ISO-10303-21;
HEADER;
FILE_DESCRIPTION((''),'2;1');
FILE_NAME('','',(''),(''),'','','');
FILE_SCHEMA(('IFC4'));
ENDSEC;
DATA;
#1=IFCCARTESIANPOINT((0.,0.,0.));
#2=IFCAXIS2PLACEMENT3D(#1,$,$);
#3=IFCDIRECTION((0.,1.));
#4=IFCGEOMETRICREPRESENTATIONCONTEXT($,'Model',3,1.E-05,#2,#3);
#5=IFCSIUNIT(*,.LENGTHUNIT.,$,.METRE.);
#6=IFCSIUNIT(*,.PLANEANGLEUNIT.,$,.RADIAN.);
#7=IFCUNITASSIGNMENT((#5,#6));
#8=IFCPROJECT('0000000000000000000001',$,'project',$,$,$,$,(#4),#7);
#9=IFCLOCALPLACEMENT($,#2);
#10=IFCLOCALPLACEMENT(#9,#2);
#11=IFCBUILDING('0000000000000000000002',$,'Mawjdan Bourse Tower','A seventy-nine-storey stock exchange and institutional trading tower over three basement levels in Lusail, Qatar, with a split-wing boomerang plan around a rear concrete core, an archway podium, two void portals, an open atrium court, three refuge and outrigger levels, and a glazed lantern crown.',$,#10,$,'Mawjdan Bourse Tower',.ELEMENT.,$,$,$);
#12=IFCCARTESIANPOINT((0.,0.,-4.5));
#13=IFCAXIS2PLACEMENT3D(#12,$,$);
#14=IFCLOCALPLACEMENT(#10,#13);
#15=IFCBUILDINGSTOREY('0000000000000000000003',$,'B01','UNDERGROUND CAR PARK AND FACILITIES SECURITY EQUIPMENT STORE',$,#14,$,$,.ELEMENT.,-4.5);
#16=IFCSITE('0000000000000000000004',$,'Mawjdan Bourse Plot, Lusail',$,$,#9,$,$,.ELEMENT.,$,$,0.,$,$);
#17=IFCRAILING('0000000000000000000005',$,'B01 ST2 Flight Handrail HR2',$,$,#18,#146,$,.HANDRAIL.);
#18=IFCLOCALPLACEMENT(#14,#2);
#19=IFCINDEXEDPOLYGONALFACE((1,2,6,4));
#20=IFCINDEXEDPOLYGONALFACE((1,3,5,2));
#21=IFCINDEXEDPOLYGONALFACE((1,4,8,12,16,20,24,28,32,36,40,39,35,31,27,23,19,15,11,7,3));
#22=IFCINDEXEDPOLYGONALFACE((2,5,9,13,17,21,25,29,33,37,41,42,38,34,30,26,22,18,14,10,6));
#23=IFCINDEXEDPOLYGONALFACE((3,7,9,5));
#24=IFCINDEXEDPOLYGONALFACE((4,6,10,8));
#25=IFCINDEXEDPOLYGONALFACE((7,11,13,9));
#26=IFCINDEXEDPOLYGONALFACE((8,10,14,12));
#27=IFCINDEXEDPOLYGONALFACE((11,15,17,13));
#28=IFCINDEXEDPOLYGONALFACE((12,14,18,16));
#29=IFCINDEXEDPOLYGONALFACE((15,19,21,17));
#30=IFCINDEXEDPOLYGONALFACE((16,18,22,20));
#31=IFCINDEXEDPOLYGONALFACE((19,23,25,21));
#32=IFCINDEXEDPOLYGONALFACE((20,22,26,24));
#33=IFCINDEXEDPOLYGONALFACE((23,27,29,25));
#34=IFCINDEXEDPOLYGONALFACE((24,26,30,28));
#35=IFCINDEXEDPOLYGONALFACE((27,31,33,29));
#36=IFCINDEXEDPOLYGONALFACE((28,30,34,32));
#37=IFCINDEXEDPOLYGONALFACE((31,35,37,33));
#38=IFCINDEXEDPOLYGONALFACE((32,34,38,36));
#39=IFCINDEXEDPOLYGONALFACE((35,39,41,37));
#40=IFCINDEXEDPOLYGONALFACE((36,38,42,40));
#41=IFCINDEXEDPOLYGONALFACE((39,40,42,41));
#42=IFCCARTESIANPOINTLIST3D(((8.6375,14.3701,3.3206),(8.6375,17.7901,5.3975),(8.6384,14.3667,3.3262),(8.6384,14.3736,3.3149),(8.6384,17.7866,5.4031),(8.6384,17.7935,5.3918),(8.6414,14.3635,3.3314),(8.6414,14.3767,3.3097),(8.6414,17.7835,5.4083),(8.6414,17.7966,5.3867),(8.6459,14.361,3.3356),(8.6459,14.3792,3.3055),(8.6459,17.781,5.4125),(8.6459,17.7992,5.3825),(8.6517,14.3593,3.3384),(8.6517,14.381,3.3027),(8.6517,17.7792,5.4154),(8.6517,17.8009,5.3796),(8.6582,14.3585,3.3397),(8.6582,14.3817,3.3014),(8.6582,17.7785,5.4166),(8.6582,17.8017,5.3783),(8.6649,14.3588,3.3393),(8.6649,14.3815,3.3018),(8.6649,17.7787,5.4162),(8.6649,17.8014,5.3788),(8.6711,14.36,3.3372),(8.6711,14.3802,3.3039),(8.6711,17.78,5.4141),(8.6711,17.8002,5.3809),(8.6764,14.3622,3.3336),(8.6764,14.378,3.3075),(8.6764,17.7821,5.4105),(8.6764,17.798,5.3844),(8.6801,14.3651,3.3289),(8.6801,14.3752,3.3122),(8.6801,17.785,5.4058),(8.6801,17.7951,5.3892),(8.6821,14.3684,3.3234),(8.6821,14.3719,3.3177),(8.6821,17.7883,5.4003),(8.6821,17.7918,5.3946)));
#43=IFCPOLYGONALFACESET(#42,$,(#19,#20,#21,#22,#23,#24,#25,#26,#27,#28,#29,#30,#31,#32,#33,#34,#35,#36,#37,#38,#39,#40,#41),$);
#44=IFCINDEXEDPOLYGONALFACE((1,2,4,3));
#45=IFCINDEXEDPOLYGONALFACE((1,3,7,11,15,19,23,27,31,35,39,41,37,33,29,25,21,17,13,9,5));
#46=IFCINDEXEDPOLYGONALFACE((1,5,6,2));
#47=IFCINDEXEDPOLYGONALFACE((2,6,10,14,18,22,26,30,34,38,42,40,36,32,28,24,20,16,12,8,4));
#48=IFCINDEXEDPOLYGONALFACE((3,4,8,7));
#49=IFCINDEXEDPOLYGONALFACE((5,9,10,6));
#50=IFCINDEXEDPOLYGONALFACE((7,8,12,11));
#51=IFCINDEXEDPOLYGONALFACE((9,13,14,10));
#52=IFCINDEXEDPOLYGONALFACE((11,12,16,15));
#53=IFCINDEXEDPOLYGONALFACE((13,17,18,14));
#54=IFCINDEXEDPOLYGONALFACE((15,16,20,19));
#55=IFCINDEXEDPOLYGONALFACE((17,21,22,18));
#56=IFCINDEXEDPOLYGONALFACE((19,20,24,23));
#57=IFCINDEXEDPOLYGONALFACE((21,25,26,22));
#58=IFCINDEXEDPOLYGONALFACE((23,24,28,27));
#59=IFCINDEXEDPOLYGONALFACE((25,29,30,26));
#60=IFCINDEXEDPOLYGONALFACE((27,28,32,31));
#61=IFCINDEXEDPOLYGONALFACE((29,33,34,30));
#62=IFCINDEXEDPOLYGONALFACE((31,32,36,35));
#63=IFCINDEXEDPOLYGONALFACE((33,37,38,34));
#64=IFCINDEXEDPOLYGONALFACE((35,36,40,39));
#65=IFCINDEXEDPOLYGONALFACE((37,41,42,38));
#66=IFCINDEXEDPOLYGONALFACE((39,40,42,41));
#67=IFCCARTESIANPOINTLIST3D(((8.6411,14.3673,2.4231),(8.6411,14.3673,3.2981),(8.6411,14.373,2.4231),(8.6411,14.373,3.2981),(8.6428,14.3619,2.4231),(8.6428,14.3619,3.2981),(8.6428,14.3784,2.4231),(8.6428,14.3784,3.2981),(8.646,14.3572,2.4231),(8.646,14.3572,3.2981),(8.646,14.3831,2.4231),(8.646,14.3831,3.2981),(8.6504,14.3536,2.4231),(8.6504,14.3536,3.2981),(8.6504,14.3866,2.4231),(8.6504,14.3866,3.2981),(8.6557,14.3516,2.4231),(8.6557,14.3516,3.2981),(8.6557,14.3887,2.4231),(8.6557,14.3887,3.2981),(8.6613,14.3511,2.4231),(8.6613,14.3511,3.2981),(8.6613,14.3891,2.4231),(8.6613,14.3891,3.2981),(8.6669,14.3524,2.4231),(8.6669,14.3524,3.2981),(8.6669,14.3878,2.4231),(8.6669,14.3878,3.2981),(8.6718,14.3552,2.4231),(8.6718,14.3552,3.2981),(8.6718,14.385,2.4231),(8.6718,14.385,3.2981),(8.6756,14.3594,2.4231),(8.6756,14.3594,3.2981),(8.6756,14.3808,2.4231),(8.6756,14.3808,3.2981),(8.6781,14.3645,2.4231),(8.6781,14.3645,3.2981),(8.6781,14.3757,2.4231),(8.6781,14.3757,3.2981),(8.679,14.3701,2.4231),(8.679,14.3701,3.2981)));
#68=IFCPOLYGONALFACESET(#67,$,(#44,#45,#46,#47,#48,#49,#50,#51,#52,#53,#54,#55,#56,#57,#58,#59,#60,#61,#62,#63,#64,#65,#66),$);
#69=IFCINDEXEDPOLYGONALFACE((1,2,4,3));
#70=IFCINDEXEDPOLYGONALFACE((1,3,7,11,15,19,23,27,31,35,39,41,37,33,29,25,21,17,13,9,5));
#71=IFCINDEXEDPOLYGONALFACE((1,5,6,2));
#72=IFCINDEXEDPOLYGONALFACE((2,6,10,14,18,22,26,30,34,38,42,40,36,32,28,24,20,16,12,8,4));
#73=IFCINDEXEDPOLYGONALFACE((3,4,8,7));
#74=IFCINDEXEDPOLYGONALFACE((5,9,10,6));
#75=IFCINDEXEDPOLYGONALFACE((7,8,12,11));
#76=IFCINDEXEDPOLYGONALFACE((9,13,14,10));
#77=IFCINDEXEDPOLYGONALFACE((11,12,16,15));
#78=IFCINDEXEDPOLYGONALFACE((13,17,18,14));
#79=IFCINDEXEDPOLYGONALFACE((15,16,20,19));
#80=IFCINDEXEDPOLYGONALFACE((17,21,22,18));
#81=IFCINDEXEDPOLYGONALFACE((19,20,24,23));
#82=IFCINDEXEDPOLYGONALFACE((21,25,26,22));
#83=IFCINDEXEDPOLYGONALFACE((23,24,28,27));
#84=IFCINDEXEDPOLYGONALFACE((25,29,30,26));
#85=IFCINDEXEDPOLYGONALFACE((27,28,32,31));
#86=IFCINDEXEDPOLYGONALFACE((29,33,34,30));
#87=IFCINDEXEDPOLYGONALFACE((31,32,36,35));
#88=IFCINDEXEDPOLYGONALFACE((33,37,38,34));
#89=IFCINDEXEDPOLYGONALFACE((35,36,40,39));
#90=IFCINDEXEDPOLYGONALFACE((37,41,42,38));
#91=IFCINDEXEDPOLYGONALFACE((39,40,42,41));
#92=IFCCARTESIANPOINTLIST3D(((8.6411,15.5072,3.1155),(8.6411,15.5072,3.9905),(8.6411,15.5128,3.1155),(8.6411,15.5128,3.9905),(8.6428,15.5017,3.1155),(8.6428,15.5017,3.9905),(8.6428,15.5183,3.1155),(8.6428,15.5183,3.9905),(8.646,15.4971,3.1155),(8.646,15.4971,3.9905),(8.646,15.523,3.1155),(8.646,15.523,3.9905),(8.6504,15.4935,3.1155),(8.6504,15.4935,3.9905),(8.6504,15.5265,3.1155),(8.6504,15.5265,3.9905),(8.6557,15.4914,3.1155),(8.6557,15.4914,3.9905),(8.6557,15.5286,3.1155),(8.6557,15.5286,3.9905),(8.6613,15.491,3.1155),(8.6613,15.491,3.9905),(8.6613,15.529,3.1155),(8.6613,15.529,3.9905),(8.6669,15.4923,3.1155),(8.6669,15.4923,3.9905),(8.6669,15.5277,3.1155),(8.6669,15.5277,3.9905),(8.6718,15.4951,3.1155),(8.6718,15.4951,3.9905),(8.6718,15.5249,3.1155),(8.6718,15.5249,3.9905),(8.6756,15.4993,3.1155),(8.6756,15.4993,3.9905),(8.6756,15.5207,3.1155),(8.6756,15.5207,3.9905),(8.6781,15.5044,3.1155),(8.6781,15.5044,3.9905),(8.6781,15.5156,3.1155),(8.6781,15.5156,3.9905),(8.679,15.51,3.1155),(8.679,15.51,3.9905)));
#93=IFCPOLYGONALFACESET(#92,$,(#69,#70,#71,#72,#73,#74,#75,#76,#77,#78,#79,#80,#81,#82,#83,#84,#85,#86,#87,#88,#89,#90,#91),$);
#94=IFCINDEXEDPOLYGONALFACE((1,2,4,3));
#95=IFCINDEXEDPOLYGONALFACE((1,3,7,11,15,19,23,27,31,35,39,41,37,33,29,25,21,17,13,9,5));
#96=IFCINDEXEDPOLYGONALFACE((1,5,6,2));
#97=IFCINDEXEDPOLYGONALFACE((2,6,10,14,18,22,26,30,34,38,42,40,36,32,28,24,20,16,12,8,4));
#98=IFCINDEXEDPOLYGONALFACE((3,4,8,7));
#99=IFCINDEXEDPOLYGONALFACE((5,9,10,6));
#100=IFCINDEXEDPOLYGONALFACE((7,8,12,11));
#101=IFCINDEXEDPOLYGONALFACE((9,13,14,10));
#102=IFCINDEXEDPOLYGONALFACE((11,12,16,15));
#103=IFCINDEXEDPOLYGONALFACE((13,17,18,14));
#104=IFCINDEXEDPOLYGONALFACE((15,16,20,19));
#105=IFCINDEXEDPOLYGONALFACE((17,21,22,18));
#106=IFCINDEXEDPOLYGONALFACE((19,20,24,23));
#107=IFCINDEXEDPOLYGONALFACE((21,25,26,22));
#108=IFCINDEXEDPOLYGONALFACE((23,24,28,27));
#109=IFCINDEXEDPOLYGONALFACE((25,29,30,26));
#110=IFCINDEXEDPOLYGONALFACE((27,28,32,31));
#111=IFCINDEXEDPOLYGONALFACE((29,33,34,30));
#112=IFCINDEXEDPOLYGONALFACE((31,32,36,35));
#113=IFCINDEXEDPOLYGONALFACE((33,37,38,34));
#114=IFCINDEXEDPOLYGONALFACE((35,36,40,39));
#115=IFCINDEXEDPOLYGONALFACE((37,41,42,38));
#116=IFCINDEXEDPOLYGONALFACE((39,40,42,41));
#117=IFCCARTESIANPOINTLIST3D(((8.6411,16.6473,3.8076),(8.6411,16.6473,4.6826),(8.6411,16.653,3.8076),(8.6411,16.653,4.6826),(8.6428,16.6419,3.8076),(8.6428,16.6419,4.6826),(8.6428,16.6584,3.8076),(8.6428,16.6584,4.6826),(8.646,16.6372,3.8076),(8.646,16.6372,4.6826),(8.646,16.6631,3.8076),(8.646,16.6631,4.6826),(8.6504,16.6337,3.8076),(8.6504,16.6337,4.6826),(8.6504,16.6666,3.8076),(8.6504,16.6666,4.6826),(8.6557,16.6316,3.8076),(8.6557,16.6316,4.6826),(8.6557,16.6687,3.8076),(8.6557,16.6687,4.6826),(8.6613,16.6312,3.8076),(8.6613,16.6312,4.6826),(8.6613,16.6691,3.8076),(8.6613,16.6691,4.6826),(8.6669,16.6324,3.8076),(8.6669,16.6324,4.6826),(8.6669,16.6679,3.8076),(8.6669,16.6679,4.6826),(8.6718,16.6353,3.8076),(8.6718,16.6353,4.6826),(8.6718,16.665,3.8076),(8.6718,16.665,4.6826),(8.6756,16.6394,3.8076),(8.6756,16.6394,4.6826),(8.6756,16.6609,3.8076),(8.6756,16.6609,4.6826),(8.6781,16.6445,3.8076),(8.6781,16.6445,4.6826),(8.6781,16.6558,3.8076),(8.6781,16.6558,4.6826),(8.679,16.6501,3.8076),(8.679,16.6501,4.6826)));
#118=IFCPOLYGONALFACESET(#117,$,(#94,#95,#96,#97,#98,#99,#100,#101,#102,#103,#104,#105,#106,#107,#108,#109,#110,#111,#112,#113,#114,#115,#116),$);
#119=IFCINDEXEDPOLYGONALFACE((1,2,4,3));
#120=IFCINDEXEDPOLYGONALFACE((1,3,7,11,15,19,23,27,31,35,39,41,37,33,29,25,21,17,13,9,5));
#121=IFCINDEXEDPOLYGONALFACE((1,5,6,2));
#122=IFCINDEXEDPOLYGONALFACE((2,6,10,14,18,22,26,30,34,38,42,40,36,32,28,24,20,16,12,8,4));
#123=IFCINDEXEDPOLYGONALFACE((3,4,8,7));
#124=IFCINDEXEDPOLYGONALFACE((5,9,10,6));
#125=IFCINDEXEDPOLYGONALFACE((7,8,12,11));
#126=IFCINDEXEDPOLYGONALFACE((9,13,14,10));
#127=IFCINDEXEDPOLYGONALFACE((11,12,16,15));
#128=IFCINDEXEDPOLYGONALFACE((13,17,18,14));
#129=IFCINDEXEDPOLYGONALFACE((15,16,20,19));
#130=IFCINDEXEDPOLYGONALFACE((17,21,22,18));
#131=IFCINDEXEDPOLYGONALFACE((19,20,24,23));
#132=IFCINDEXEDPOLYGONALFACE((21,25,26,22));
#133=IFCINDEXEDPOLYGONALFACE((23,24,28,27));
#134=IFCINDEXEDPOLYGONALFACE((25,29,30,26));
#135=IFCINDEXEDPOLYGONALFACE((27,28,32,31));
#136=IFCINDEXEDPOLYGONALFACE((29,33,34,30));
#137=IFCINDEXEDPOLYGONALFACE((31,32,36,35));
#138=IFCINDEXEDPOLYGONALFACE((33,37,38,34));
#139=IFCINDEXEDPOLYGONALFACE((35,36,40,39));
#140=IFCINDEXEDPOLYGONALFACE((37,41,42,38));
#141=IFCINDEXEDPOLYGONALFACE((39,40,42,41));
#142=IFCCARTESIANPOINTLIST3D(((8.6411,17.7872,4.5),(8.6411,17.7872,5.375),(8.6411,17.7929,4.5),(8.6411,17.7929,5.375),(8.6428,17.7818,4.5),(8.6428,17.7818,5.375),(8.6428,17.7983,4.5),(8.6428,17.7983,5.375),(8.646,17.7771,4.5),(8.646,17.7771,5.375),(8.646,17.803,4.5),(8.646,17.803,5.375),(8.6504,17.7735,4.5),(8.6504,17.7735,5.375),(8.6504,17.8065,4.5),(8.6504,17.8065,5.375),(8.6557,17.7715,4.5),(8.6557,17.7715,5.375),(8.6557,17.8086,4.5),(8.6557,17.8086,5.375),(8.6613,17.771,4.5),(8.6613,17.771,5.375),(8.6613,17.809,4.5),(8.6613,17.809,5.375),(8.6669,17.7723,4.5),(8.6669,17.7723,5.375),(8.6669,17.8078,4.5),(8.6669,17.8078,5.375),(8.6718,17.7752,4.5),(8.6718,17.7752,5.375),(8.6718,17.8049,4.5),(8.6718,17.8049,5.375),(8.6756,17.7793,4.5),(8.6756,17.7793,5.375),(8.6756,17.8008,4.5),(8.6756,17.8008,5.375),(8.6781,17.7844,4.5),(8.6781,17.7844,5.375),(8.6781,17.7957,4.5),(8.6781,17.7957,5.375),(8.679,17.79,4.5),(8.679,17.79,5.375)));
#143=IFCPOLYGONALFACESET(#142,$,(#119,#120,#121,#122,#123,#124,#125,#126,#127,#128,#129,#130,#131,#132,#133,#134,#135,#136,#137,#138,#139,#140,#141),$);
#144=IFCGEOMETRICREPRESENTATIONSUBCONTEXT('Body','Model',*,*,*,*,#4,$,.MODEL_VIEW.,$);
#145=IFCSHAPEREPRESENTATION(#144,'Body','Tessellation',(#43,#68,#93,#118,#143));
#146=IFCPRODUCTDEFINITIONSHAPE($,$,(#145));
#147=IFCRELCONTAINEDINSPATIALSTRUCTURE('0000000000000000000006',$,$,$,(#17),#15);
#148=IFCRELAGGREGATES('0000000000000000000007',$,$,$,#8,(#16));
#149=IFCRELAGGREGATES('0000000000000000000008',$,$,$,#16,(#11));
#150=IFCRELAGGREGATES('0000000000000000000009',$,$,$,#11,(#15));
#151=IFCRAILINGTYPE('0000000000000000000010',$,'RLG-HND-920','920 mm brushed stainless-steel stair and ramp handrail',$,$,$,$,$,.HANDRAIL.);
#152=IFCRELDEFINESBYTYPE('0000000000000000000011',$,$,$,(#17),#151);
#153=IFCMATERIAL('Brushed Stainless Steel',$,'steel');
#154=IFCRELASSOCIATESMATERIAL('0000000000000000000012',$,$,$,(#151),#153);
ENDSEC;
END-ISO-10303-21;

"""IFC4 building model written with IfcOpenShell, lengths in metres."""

from ifc_helpers import new_model, si_unit, direction, frame, origin, origin_2d, place, context, subcontext, project, spatial, circle, extrude, material, type_object, element, save


model = new_model("IFC4")

# Units and contexts
model_context = context("Model", 3, precision=1e-05, world=origin(), true_north=direction((0.0, 1.0)))
body_context = subcontext(model_context, "Body", "Model", "MODEL_VIEW")
ifc_project = project(units=[si_unit("LENGTHUNIT", "METRE"), si_unit("PLANEANGLEUNIT", "RADIAN")], contexts=[model_context])

# Site, building, storey
site_placement = place(None, origin())
site = spatial("IfcSite", under=ifc_project, at=site_placement, Name="Mawjdan Bourse Plot, Lusail", CompositionType="ELEMENT", RefElevation=0.0)
building_placement = place(site_placement, origin())
building = spatial("IfcBuilding", under=site, at=building_placement, Name="Mawjdan Bourse Tower", Description="A seventy-nine-storey stock exchange and institutional trading tower over three basement levels in Lusail, Qatar, with a split-wing boomerang plan around a rear concrete core, an archway podium, two void portals, an open atrium court, three refuge and outrigger levels, and a glazed lantern crown.", LongName="Mawjdan Bourse Tower", CompositionType="ELEMENT")
storey_placement = place(building_placement, frame((0.0, 0.0, -4.5)))
storey = spatial("IfcBuildingStorey", under=building, at=storey_placement, Name="B01", Description="UNDERGROUND CAR PARK AND FACILITIES SECURITY EQUIPMENT STORE", CompositionType="ELEMENT", Elevation=-4.5)

# Shared definitions
ifc_material_1 = material(Name="Brushed Stainless Steel", Category="steel")

# Railing
railing_type_1 = type_object("IfcRailingType", Name="RLG-HND-920", Description="920 mm brushed stainless-steel stair and ramp handrail", PredefinedType="HANDRAIL", material=ifc_material_1)
railing_1_placement = place(storey_placement, frame((8.6599, 14.3701, 2.4231)))
element("IfcRailing", 1, at=railing_1_placement, inside=storey, type_object=railing_type_1, Name="B01 ST2 Flight Handrail HR2", PredefinedType="HANDRAIL", context=body_context, shape_type="SweptSolid", body=[
    extrude(circle(Radius=0.0225, at=origin_2d()), frame((0.0, 0.0, 0.8975), z_axis=(0.0, 0.85473, 0.519074), x_axis=(-1.0, 0.0, 0.0)), (0.0, 0.0, 1.0), 4.0012),
    extrude(circle(Radius=0.019, at=origin_2d()), origin(), (0.0, 0.0, 1.0), 0.875),
    extrude(circle(Radius=0.019, at=origin_2d()), frame((0.0, 1.1399, 0.6924)), (0.0, 0.0, 1.0), 0.875),
    extrude(circle(Radius=0.019, at=origin_2d()), frame((0.0, 2.28, 1.3845)), (0.0, 0.0, 1.0), 0.875),
    extrude(circle(Radius=0.019, at=origin_2d()), frame((0.0, 3.4199, 2.0769)), (0.0, 0.0, 1.0), 0.875),
])

save(model, "model.ifc")
